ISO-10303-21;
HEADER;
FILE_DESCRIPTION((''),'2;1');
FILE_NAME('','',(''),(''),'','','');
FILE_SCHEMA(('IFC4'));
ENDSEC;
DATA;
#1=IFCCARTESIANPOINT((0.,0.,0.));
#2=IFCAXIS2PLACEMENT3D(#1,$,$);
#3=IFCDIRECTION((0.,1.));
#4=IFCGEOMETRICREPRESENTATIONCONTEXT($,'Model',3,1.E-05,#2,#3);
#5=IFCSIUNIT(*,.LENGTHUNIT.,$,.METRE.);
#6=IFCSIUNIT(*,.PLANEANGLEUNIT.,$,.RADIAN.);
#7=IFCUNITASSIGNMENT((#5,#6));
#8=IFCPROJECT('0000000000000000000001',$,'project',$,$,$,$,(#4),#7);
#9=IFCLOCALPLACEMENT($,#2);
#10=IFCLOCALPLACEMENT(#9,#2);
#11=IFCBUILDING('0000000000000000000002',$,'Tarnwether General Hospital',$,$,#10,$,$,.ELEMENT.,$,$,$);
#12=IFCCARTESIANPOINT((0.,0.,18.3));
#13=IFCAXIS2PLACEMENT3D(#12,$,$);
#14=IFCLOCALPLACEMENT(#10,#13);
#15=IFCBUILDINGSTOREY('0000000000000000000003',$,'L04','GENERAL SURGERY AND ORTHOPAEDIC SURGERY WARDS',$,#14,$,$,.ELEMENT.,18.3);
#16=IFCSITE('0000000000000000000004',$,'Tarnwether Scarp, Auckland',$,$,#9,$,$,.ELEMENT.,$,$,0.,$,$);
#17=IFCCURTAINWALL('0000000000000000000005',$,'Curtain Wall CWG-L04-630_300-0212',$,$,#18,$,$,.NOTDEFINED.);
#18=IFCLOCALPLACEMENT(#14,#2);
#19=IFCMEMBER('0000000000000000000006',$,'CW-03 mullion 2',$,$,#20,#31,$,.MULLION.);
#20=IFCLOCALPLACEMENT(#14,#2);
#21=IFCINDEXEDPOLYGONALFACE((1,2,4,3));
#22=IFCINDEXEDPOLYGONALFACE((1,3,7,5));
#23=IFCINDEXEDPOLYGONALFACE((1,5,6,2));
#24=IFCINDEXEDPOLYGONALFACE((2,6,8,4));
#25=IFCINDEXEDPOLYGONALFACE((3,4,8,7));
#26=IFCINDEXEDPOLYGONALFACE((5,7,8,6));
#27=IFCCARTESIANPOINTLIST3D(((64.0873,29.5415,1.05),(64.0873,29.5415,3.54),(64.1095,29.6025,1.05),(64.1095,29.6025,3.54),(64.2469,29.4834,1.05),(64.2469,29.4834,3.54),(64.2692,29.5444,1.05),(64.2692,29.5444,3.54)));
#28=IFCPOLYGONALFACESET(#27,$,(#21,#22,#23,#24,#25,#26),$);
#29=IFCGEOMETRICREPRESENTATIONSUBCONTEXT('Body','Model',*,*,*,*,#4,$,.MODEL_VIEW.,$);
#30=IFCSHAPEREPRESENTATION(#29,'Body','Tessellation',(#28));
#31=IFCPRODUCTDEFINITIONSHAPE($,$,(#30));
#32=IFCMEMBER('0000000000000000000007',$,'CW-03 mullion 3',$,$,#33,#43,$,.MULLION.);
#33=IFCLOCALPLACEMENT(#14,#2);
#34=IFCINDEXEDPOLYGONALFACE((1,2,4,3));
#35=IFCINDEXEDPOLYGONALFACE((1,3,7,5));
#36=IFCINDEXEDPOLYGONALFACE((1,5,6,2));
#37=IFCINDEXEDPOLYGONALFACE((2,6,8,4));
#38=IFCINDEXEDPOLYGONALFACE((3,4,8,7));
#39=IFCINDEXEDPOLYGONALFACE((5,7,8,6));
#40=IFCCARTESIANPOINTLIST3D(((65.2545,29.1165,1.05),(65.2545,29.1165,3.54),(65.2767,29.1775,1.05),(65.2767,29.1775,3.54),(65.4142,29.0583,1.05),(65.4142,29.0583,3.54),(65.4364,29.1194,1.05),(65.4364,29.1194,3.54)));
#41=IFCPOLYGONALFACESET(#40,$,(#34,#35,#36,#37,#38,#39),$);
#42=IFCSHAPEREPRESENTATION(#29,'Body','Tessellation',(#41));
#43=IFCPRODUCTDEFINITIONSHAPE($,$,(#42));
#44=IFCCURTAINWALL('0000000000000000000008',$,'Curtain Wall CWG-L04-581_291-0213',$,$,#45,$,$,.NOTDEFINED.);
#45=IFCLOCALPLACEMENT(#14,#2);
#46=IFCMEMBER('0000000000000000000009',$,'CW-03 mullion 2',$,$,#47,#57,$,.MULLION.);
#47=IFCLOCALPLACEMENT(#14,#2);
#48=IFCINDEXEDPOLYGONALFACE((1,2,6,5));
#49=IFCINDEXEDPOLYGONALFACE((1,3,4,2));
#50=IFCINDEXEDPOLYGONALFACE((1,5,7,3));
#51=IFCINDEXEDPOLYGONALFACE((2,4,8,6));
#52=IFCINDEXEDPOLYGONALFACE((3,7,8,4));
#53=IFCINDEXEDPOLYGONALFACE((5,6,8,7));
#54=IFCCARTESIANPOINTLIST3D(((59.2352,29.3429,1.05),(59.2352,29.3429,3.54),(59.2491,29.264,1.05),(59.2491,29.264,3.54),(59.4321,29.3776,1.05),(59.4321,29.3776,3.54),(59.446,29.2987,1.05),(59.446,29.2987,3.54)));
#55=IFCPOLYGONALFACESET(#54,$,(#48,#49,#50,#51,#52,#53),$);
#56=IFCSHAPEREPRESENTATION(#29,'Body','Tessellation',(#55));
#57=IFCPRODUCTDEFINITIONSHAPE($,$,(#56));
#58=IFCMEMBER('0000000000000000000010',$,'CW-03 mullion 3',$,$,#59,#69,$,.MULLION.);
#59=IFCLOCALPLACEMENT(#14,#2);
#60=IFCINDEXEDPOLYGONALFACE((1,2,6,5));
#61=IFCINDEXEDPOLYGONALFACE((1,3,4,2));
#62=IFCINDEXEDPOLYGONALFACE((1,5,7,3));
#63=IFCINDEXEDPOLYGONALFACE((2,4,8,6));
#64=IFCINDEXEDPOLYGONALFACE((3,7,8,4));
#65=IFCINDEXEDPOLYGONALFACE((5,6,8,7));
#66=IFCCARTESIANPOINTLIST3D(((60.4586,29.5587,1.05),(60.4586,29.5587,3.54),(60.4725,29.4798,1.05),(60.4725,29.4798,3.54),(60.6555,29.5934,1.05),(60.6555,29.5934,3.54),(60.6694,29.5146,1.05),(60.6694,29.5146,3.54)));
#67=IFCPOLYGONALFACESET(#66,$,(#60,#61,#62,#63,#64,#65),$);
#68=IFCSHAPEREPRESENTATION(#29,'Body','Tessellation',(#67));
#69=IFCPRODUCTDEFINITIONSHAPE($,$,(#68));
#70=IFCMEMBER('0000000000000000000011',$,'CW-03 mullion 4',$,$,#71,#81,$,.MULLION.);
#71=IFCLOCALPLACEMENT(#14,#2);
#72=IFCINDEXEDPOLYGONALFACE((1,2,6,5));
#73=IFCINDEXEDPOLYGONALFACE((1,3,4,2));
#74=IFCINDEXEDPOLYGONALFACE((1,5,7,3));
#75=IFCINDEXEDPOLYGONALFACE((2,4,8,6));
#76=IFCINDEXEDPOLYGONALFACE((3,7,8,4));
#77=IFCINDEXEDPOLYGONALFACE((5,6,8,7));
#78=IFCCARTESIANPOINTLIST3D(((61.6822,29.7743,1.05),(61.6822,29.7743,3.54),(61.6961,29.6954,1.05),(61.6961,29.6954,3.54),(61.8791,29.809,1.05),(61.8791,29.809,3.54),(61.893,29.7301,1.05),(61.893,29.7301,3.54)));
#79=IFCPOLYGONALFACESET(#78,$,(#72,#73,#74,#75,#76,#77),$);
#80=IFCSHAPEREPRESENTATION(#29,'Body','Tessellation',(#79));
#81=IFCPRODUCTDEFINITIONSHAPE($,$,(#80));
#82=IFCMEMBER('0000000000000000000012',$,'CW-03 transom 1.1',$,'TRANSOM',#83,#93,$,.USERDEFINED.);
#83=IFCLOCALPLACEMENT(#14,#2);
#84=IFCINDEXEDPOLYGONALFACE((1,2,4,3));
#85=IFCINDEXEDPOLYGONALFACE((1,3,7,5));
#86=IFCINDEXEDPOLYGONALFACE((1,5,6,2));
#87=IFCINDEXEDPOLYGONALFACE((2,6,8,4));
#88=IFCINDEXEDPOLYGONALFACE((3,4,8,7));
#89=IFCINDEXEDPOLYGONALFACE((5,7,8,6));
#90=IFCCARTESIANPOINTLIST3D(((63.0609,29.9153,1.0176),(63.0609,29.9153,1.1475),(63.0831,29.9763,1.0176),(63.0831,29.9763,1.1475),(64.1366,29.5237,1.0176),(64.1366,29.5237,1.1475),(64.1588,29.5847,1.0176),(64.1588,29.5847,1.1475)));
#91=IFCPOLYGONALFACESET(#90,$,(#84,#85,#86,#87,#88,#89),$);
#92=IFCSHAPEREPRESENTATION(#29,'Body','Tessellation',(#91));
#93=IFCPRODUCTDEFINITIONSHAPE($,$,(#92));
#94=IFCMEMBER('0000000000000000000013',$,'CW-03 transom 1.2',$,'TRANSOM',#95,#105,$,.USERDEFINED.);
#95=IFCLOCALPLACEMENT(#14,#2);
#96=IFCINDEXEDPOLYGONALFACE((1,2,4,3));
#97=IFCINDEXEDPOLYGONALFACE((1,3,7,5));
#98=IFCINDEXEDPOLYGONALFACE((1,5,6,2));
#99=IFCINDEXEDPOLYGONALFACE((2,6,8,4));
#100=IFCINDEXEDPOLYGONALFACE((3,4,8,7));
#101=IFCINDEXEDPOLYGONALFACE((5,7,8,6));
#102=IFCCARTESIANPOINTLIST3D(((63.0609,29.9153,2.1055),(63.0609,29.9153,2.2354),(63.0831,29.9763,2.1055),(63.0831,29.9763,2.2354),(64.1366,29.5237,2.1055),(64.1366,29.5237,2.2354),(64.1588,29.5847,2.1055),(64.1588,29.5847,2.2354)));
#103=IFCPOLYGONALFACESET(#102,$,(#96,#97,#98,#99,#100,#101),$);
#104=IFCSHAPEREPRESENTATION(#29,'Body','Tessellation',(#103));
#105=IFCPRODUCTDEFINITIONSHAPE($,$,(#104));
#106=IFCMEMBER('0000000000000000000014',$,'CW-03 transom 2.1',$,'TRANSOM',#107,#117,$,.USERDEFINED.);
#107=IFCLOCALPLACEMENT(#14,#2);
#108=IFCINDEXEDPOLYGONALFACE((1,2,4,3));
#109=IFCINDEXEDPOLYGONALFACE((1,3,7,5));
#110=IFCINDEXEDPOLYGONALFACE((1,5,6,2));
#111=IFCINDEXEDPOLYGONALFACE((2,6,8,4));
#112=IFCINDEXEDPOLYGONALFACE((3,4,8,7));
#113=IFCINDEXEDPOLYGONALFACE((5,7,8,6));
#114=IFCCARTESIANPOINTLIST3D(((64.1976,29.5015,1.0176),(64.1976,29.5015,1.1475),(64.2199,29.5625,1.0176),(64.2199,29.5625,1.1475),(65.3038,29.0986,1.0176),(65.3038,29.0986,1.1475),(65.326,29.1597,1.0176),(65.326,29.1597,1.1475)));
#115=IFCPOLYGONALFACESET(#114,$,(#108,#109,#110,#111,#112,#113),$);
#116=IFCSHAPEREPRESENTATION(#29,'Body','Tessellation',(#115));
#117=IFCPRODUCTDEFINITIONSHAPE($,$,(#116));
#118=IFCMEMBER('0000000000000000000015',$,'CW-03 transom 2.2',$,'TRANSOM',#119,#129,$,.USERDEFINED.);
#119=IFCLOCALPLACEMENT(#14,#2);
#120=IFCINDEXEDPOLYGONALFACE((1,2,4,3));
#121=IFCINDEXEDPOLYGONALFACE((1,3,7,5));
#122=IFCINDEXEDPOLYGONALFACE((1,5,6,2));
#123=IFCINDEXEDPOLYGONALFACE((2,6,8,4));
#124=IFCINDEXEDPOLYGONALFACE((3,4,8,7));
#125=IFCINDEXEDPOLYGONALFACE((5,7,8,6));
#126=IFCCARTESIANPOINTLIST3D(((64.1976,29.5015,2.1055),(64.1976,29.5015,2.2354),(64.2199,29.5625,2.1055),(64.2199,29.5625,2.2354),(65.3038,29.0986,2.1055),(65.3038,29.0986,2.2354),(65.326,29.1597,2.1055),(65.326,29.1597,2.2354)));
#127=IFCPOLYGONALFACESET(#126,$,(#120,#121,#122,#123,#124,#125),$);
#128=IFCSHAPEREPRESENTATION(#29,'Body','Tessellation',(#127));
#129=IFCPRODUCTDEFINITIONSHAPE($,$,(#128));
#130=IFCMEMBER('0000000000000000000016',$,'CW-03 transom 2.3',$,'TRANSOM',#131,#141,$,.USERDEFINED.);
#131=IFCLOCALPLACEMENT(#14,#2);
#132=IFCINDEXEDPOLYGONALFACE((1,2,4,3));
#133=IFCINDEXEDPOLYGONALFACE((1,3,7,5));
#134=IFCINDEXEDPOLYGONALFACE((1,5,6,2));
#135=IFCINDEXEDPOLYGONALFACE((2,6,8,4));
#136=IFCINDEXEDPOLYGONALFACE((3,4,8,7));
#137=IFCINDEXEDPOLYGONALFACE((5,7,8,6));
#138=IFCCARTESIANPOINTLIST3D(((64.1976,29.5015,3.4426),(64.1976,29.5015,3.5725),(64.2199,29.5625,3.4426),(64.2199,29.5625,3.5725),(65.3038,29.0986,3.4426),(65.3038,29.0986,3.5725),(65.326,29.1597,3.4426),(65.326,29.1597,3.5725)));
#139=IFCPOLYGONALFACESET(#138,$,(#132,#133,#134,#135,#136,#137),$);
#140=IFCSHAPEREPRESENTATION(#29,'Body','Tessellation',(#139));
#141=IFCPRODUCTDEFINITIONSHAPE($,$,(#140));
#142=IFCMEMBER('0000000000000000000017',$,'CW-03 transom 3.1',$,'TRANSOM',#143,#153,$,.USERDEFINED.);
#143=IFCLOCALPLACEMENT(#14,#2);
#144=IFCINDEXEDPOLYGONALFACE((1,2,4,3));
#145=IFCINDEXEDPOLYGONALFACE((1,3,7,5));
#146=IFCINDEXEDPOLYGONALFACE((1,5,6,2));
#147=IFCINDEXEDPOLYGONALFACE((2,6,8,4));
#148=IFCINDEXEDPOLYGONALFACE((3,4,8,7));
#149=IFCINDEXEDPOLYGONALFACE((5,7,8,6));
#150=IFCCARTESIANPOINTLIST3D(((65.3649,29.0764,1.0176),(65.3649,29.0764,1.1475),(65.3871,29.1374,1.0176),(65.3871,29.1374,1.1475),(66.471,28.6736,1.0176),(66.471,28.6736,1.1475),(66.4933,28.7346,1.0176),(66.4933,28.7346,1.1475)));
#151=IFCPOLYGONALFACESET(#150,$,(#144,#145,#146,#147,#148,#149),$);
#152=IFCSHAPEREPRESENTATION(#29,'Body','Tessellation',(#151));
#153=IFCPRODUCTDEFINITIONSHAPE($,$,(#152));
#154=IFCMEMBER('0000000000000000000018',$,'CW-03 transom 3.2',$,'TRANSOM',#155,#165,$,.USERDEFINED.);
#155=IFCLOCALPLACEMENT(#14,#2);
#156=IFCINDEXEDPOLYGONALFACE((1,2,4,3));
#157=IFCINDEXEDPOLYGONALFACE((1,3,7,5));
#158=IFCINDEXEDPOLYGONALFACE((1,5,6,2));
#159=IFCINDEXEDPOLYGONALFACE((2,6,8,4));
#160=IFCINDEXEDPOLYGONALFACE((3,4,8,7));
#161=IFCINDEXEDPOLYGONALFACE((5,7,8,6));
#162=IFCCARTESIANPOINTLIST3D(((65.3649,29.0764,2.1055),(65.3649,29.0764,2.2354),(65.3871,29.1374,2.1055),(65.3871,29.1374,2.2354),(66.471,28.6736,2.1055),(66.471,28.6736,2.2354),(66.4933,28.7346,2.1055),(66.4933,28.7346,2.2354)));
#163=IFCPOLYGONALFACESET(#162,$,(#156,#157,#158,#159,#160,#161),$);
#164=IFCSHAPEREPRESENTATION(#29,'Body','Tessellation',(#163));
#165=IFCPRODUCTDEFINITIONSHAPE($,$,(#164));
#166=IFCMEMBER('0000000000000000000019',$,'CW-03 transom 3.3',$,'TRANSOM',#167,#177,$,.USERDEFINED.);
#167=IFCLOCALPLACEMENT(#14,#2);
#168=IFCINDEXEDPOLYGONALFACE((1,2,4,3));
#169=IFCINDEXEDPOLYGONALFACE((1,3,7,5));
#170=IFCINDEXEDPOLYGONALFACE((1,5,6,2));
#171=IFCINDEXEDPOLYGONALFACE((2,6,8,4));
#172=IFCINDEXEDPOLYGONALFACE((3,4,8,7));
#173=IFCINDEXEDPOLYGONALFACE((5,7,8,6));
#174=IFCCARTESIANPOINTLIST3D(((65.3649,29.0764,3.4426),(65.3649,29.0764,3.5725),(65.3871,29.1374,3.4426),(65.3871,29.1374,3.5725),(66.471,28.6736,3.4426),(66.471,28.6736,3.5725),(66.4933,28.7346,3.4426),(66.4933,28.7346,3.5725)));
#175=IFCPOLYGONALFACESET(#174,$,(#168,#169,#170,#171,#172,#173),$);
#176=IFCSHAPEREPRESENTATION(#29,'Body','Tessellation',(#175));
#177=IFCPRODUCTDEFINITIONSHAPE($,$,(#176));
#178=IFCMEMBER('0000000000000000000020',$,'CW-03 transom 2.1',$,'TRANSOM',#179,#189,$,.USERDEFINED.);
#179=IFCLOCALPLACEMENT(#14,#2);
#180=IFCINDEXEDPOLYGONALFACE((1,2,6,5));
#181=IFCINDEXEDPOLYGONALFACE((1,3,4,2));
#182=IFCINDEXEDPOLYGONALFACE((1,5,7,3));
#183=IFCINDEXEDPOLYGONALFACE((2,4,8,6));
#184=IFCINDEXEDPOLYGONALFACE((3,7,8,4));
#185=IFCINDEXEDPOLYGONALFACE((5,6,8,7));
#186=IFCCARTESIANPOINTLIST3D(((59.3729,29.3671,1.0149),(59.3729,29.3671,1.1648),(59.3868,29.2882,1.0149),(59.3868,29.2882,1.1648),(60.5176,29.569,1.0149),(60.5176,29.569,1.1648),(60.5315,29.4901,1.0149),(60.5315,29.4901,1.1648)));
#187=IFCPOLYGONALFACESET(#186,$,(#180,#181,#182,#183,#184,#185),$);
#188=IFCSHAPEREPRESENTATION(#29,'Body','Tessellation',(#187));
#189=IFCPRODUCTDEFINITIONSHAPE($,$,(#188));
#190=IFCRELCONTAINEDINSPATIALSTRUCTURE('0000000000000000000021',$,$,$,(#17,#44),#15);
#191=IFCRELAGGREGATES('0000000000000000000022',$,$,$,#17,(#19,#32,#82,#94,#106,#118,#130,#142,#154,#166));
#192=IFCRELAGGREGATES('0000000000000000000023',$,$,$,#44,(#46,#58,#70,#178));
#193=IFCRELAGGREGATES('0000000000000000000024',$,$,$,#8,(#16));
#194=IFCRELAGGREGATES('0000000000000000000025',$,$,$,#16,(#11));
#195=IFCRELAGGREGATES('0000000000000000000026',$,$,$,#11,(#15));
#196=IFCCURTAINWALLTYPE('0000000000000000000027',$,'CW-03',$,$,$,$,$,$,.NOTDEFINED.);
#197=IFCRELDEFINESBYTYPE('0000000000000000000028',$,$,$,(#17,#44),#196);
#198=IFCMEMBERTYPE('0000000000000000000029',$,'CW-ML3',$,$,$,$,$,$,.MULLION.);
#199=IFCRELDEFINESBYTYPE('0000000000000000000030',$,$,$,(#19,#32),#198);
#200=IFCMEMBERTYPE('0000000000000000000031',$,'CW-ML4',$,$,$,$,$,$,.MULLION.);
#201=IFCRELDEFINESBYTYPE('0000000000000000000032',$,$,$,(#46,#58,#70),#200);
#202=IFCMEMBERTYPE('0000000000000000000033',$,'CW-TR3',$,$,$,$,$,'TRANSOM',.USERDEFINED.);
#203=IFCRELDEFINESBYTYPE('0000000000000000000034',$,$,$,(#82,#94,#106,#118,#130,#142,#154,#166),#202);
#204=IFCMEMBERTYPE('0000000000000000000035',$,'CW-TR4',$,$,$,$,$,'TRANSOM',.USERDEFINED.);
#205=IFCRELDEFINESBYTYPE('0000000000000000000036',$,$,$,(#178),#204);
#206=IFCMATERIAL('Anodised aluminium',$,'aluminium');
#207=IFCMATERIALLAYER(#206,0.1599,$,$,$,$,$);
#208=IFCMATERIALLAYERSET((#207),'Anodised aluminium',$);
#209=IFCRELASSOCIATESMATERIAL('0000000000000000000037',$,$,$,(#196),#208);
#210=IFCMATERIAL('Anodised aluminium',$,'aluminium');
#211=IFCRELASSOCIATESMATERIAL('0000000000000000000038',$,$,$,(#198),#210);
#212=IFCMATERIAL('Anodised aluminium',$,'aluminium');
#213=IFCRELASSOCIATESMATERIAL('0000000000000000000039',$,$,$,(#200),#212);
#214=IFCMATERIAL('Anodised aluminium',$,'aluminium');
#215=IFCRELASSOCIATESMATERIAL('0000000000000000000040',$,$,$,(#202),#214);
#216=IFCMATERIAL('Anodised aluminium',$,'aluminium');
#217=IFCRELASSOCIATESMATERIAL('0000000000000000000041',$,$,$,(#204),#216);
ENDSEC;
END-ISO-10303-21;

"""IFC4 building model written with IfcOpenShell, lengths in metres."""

from ifc_helpers import new_model, si_unit, direction, frame, origin, origin_2d, place, context, subcontext, project, spatial, rectangle, extrude, material, layer, layer_set, material_profile, profile_set, type_object, element, aggregate, save


model = new_model("IFC4")

# Units and contexts
model_context = context("Model", 3, precision=1e-05, world=origin(), true_north=direction((0.0, 1.0)))
body_context = subcontext(model_context, "Body", "Model", "MODEL_VIEW")
ifc_project = project(units=[si_unit("LENGTHUNIT", "METRE"), si_unit("PLANEANGLEUNIT", "RADIAN")], contexts=[model_context])

# Site, building, storey
site_placement = place(None, origin())
site = spatial("IfcSite", under=ifc_project, at=site_placement, Name="Tarnwether Scarp, Auckland", CompositionType="ELEMENT", RefElevation=0.0)
building_placement = place(site_placement, origin())
building = spatial("IfcBuilding", under=site, at=building_placement, Name="Tarnwether General Hospital", CompositionType="ELEMENT")
storey_placement = place(building_placement, frame((0.0, 0.0, 18.3)))
storey = spatial("IfcBuildingStorey", under=building, at=storey_placement, Name="L04", Description="GENERAL SURGERY AND ORTHOPAEDIC SURGERY WARDS", CompositionType="ELEMENT", Elevation=18.3)

# Curtain walls, members
ifc_material_1 = material(Name="Anodised aluminium", Category="aluminium")
ifc_layer_1 = layer(ifc_material_1, 0.1599)
ifc_layer_set_1 = layer_set([ifc_layer_1], Name="Anodised aluminium")
curtain_wall_type = type_object("IfcCurtainWallType", Name="CW-03", PredefinedType="NOTDEFINED", material=ifc_layer_set_1)
curtain_wall_1_placement = place(storey_placement, origin())
curtain_wall_1 = element("IfcCurtainWall", 1, at=curtain_wall_1_placement, inside=storey, type_object=curtain_wall_type, Name="Curtain Wall CWG-L04-630_300-0212", PredefinedType="NOTDEFINED")
ifc_material_2 = material(Name="Anodised aluminium", Category="aluminium")
ifc_material_profile_1 = material_profile(ifc_material_2, rectangle(XDim=0.0649, YDim=0.1699, at=origin_2d()), Name="ALU-MUL-65x170")
ifc_profile_set_1 = profile_set([ifc_material_profile_1], Name="Anodised aluminium")
member_type_1 = type_object("IfcMemberType", Name="CW-ML3", PredefinedType="MULLION", material=ifc_profile_set_1)
member_1_placement = place(storey_placement, frame((64.1782, 29.543, 1.05), z_axis=(0.0, 0.0, 1.0), x_axis=(0.342131, 0.939652, 0.0)))
member_1 = element("IfcMember", 2, at=member_1_placement, type_object=member_type_1, Name="CW-03 mullion 2", PredefinedType="MULLION", context=body_context, shape_type="SweptSolid", body=[
    extrude(rectangle(XDim=0.0649, YDim=0.1699, at=origin_2d()), origin(), (0.0, 0.0, 1.0), 2.49),
])
member_2_placement = place(storey_placement, frame((65.3455, 29.1179, 1.05), z_axis=(0.0, 0.0, 1.0), x_axis=(0.342131, 0.939652, 0.0)))
member_2 = element("IfcMember", 3, at=member_2_placement, type_object=member_type_1, Name="CW-03 mullion 3", PredefinedType="MULLION", context=body_context, shape_type="SweptSolid", body=[
    extrude(rectangle(XDim=0.0649, YDim=0.1699, at=origin_2d()), origin(), (0.0, 0.0, 1.0), 2.49),
])
curtain_wall_2_placement = place(storey_placement, origin())
curtain_wall_2 = element("IfcCurtainWall", 4, at=curtain_wall_2_placement, inside=storey, type_object=curtain_wall_type, Name="Curtain Wall CWG-L04-581_291-0213", PredefinedType="NOTDEFINED")
ifc_material_3 = material(Name="Anodised aluminium", Category="aluminium")
ifc_material_profile_2 = material_profile(ifc_material_3, rectangle(XDim=0.0801, YDim=0.2, at=origin_2d()), Name="ALU-MUL-80x200")
ifc_profile_set_2 = profile_set([ifc_material_profile_2], Name="Anodised aluminium")
member_type_2 = type_object("IfcMemberType", Name="CW-ML4", PredefinedType="MULLION", material=ifc_profile_set_2)
member_3_placement = place(storey_placement, frame((59.3406, 29.3208, 1.05), z_axis=(0.0, 0.0, 1.0), x_axis=(-0.173659, 0.984806, 0.0)))
member_3 = element("IfcMember", 5, at=member_3_placement, type_object=member_type_2, Name="CW-03 mullion 2", PredefinedType="MULLION", context=body_context, shape_type="SweptSolid", body=[
    extrude(rectangle(XDim=0.0801, YDim=0.2, at=origin_2d()), origin(), (0.0, 0.0, 1.0), 2.49),
])
member_4_placement = place(storey_placement, frame((60.564, 29.5366, 1.05), z_axis=(0.0, 0.0, 1.0), x_axis=(-0.173659, 0.984806, 0.0)))
member_4 = element("IfcMember", 6, at=member_4_placement, type_object=member_type_2, Name="CW-03 mullion 3", PredefinedType="MULLION", context=body_context, shape_type="SweptSolid", body=[
    extrude(rectangle(XDim=0.0801, YDim=0.2, at=origin_2d()), origin(), (0.0, 0.0, 1.0), 2.49),
])
member_5_placement = place(storey_placement, frame((61.7876, 29.7522, 1.05), z_axis=(0.0, 0.0, 1.0), x_axis=(-0.173659, 0.984806, 0.0)))
member_5 = element("IfcMember", 7, at=member_5_placement, type_object=member_type_2, Name="CW-03 mullion 4", PredefinedType="MULLION", context=body_context, shape_type="SweptSolid", body=[
    extrude(rectangle(XDim=0.0801, YDim=0.2, at=origin_2d()), origin(), (0.0, 0.0, 1.0), 2.49),
])

# Members
ifc_material_4 = material(Name="Anodised aluminium", Category="aluminium")
ifc_material_profile_3 = material_profile(ifc_material_4, rectangle(XDim=0.0649, YDim=0.1299, at=origin_2d()), Name="ALU-TRN-65x130")
ifc_profile_set_3 = profile_set([ifc_material_profile_3], Name="Anodised aluminium")
member_type_3 = type_object("IfcMemberType", Name="CW-TR3", ElementType="TRANSOM", PredefinedType="USERDEFINED", material=ifc_profile_set_3)
member_6_placement = place(storey_placement, frame((63.072, 29.9458, 1.0825), z_axis=(0.939669, -0.342086, 0.0), x_axis=(0.342086, 0.939669, 0.0)))
member_6 = element("IfcMember", 8, at=member_6_placement, type_object=member_type_3, Name="CW-03 transom 1.1", ObjectType="TRANSOM", PredefinedType="USERDEFINED", context=body_context, shape_type="SweptSolid", body=[
    extrude(rectangle(XDim=0.0649, YDim=0.1299, at=origin_2d()), origin(), (0.0, 0.0, 1.0), 1.1448),
])
member_7_placement = place(storey_placement, frame((63.072, 29.9458, 2.1704), z_axis=(0.939669, -0.342086, 0.0), x_axis=(0.342086, 0.939669, 0.0)))
member_7 = element("IfcMember", 9, at=member_7_placement, type_object=member_type_3, Name="CW-03 transom 1.2", ObjectType="TRANSOM", PredefinedType="USERDEFINED", context=body_context, shape_type="SweptSolid", body=[
    extrude(rectangle(XDim=0.0649, YDim=0.1299, at=origin_2d()), origin(), (0.0, 0.0, 1.0), 1.1448),
])
member_8_placement = place(storey_placement, frame((64.2087, 29.532, 1.0825), z_axis=(0.939636, -0.342176, 0.0), x_axis=(0.342176, 0.939636, 0.0)))
member_8 = element("IfcMember", 10, at=member_8_placement, type_object=member_type_3, Name="CW-03 transom 2.1", ObjectType="TRANSOM", PredefinedType="USERDEFINED", context=body_context, shape_type="SweptSolid", body=[
    extrude(rectangle(XDim=0.0649, YDim=0.1299, at=origin_2d()), origin(), (0.0, 0.0, 1.0), 1.1772),
])
member_9_placement = place(storey_placement, frame((64.2087, 29.532, 2.1704), z_axis=(0.939636, -0.342176, 0.0), x_axis=(0.342176, 0.939636, 0.0)))
member_9 = element("IfcMember", 11, at=member_9_placement, type_object=member_type_3, Name="CW-03 transom 2.2", ObjectType="TRANSOM", PredefinedType="USERDEFINED", context=body_context, shape_type="SweptSolid", body=[
    extrude(rectangle(XDim=0.0649, YDim=0.1299, at=origin_2d()), origin(), (0.0, 0.0, 1.0), 1.1772),
])
member_10_placement = place(storey_placement, frame((64.2087, 29.532, 3.5076), z_axis=(0.939636, -0.342176, 0.0), x_axis=(0.342176, 0.939636, 0.0)))
member_10 = element("IfcMember", 12, at=member_10_placement, type_object=member_type_3, Name="CW-03 transom 2.3", ObjectType="TRANSOM", PredefinedType="USERDEFINED", context=body_context, shape_type="SweptSolid", body=[
    extrude(rectangle(XDim=0.0649, YDim=0.1299, at=origin_2d()), origin(), (0.0, 0.0, 1.0), 1.1772),
])
member_11_placement = place(storey_placement, frame((65.376, 29.1069, 1.0825), z_axis=(0.939636, -0.342176, 0.0), x_axis=(0.342176, 0.939636, 0.0)))
member_11 = element("IfcMember", 13, at=member_11_placement, type_object=member_type_3, Name="CW-03 transom 3.1", ObjectType="TRANSOM", PredefinedType="USERDEFINED", context=body_context, shape_type="SweptSolid", body=[
    extrude(rectangle(XDim=0.0649, YDim=0.1299, at=origin_2d()), origin(), (0.0, 0.0, 1.0), 1.1772),
])
member_12_placement = place(storey_placement, frame((65.376, 29.1069, 2.1704), z_axis=(0.939636, -0.342176, 0.0), x_axis=(0.342176, 0.939636, 0.0)))
member_12 = element("IfcMember", 14, at=member_12_placement, type_object=member_type_3, Name="CW-03 transom 3.2", ObjectType="TRANSOM", PredefinedType="USERDEFINED", context=body_context, shape_type="SweptSolid", body=[
    extrude(rectangle(XDim=0.0649, YDim=0.1299, at=origin_2d()), origin(), (0.0, 0.0, 1.0), 1.1772),
])
member_13_placement = place(storey_placement, frame((65.376, 29.1069, 3.5076), z_axis=(0.939636, -0.342176, 0.0), x_axis=(0.342176, 0.939636, 0.0)))
member_13 = element("IfcMember", 15, at=member_13_placement, type_object=member_type_3, Name="CW-03 transom 3.3", ObjectType="TRANSOM", PredefinedType="USERDEFINED", context=body_context, shape_type="SweptSolid", body=[
    extrude(rectangle(XDim=0.0649, YDim=0.1299, at=origin_2d()), origin(), (0.0, 0.0, 1.0), 1.1772),
])
ifc_material_5 = material(Name="Anodised aluminium", Category="aluminium")
ifc_material_profile_4 = material_profile(ifc_material_5, rectangle(XDim=0.0801, YDim=0.1499, at=origin_2d()), Name="ALU-TRN-80x150")
ifc_profile_set_4 = profile_set([ifc_material_profile_4], Name="Anodised aluminium")
member_type_4 = type_object("IfcMemberType", Name="CW-TR4", ElementType="TRANSOM", PredefinedType="USERDEFINED", material=ifc_profile_set_4)
member_14_placement = place(storey_placement, frame((59.3799, 29.3276, 1.0898), z_axis=(0.9848, 0.173689, 0.0), x_axis=(-0.173689, 0.9848, 0.0)))
member_14 = element("IfcMember", 16, at=member_14_placement, type_object=member_type_4, Name="CW-03 transom 2.1", ObjectType="TRANSOM", PredefinedType="USERDEFINED", context=body_context, shape_type="SweptSolid", body=[
    extrude(rectangle(XDim=0.0801, YDim=0.1499, at=origin_2d()), origin(), (0.0, 0.0, 1.0), 1.1624),
])

aggregate(curtain_wall_1, [member_1, member_2, member_6, member_7, member_8, member_9, member_10, member_11, member_12, member_13])
aggregate(curtain_wall_2, [member_3, member_4, member_5, member_14])

save(model, "model.ifc")
